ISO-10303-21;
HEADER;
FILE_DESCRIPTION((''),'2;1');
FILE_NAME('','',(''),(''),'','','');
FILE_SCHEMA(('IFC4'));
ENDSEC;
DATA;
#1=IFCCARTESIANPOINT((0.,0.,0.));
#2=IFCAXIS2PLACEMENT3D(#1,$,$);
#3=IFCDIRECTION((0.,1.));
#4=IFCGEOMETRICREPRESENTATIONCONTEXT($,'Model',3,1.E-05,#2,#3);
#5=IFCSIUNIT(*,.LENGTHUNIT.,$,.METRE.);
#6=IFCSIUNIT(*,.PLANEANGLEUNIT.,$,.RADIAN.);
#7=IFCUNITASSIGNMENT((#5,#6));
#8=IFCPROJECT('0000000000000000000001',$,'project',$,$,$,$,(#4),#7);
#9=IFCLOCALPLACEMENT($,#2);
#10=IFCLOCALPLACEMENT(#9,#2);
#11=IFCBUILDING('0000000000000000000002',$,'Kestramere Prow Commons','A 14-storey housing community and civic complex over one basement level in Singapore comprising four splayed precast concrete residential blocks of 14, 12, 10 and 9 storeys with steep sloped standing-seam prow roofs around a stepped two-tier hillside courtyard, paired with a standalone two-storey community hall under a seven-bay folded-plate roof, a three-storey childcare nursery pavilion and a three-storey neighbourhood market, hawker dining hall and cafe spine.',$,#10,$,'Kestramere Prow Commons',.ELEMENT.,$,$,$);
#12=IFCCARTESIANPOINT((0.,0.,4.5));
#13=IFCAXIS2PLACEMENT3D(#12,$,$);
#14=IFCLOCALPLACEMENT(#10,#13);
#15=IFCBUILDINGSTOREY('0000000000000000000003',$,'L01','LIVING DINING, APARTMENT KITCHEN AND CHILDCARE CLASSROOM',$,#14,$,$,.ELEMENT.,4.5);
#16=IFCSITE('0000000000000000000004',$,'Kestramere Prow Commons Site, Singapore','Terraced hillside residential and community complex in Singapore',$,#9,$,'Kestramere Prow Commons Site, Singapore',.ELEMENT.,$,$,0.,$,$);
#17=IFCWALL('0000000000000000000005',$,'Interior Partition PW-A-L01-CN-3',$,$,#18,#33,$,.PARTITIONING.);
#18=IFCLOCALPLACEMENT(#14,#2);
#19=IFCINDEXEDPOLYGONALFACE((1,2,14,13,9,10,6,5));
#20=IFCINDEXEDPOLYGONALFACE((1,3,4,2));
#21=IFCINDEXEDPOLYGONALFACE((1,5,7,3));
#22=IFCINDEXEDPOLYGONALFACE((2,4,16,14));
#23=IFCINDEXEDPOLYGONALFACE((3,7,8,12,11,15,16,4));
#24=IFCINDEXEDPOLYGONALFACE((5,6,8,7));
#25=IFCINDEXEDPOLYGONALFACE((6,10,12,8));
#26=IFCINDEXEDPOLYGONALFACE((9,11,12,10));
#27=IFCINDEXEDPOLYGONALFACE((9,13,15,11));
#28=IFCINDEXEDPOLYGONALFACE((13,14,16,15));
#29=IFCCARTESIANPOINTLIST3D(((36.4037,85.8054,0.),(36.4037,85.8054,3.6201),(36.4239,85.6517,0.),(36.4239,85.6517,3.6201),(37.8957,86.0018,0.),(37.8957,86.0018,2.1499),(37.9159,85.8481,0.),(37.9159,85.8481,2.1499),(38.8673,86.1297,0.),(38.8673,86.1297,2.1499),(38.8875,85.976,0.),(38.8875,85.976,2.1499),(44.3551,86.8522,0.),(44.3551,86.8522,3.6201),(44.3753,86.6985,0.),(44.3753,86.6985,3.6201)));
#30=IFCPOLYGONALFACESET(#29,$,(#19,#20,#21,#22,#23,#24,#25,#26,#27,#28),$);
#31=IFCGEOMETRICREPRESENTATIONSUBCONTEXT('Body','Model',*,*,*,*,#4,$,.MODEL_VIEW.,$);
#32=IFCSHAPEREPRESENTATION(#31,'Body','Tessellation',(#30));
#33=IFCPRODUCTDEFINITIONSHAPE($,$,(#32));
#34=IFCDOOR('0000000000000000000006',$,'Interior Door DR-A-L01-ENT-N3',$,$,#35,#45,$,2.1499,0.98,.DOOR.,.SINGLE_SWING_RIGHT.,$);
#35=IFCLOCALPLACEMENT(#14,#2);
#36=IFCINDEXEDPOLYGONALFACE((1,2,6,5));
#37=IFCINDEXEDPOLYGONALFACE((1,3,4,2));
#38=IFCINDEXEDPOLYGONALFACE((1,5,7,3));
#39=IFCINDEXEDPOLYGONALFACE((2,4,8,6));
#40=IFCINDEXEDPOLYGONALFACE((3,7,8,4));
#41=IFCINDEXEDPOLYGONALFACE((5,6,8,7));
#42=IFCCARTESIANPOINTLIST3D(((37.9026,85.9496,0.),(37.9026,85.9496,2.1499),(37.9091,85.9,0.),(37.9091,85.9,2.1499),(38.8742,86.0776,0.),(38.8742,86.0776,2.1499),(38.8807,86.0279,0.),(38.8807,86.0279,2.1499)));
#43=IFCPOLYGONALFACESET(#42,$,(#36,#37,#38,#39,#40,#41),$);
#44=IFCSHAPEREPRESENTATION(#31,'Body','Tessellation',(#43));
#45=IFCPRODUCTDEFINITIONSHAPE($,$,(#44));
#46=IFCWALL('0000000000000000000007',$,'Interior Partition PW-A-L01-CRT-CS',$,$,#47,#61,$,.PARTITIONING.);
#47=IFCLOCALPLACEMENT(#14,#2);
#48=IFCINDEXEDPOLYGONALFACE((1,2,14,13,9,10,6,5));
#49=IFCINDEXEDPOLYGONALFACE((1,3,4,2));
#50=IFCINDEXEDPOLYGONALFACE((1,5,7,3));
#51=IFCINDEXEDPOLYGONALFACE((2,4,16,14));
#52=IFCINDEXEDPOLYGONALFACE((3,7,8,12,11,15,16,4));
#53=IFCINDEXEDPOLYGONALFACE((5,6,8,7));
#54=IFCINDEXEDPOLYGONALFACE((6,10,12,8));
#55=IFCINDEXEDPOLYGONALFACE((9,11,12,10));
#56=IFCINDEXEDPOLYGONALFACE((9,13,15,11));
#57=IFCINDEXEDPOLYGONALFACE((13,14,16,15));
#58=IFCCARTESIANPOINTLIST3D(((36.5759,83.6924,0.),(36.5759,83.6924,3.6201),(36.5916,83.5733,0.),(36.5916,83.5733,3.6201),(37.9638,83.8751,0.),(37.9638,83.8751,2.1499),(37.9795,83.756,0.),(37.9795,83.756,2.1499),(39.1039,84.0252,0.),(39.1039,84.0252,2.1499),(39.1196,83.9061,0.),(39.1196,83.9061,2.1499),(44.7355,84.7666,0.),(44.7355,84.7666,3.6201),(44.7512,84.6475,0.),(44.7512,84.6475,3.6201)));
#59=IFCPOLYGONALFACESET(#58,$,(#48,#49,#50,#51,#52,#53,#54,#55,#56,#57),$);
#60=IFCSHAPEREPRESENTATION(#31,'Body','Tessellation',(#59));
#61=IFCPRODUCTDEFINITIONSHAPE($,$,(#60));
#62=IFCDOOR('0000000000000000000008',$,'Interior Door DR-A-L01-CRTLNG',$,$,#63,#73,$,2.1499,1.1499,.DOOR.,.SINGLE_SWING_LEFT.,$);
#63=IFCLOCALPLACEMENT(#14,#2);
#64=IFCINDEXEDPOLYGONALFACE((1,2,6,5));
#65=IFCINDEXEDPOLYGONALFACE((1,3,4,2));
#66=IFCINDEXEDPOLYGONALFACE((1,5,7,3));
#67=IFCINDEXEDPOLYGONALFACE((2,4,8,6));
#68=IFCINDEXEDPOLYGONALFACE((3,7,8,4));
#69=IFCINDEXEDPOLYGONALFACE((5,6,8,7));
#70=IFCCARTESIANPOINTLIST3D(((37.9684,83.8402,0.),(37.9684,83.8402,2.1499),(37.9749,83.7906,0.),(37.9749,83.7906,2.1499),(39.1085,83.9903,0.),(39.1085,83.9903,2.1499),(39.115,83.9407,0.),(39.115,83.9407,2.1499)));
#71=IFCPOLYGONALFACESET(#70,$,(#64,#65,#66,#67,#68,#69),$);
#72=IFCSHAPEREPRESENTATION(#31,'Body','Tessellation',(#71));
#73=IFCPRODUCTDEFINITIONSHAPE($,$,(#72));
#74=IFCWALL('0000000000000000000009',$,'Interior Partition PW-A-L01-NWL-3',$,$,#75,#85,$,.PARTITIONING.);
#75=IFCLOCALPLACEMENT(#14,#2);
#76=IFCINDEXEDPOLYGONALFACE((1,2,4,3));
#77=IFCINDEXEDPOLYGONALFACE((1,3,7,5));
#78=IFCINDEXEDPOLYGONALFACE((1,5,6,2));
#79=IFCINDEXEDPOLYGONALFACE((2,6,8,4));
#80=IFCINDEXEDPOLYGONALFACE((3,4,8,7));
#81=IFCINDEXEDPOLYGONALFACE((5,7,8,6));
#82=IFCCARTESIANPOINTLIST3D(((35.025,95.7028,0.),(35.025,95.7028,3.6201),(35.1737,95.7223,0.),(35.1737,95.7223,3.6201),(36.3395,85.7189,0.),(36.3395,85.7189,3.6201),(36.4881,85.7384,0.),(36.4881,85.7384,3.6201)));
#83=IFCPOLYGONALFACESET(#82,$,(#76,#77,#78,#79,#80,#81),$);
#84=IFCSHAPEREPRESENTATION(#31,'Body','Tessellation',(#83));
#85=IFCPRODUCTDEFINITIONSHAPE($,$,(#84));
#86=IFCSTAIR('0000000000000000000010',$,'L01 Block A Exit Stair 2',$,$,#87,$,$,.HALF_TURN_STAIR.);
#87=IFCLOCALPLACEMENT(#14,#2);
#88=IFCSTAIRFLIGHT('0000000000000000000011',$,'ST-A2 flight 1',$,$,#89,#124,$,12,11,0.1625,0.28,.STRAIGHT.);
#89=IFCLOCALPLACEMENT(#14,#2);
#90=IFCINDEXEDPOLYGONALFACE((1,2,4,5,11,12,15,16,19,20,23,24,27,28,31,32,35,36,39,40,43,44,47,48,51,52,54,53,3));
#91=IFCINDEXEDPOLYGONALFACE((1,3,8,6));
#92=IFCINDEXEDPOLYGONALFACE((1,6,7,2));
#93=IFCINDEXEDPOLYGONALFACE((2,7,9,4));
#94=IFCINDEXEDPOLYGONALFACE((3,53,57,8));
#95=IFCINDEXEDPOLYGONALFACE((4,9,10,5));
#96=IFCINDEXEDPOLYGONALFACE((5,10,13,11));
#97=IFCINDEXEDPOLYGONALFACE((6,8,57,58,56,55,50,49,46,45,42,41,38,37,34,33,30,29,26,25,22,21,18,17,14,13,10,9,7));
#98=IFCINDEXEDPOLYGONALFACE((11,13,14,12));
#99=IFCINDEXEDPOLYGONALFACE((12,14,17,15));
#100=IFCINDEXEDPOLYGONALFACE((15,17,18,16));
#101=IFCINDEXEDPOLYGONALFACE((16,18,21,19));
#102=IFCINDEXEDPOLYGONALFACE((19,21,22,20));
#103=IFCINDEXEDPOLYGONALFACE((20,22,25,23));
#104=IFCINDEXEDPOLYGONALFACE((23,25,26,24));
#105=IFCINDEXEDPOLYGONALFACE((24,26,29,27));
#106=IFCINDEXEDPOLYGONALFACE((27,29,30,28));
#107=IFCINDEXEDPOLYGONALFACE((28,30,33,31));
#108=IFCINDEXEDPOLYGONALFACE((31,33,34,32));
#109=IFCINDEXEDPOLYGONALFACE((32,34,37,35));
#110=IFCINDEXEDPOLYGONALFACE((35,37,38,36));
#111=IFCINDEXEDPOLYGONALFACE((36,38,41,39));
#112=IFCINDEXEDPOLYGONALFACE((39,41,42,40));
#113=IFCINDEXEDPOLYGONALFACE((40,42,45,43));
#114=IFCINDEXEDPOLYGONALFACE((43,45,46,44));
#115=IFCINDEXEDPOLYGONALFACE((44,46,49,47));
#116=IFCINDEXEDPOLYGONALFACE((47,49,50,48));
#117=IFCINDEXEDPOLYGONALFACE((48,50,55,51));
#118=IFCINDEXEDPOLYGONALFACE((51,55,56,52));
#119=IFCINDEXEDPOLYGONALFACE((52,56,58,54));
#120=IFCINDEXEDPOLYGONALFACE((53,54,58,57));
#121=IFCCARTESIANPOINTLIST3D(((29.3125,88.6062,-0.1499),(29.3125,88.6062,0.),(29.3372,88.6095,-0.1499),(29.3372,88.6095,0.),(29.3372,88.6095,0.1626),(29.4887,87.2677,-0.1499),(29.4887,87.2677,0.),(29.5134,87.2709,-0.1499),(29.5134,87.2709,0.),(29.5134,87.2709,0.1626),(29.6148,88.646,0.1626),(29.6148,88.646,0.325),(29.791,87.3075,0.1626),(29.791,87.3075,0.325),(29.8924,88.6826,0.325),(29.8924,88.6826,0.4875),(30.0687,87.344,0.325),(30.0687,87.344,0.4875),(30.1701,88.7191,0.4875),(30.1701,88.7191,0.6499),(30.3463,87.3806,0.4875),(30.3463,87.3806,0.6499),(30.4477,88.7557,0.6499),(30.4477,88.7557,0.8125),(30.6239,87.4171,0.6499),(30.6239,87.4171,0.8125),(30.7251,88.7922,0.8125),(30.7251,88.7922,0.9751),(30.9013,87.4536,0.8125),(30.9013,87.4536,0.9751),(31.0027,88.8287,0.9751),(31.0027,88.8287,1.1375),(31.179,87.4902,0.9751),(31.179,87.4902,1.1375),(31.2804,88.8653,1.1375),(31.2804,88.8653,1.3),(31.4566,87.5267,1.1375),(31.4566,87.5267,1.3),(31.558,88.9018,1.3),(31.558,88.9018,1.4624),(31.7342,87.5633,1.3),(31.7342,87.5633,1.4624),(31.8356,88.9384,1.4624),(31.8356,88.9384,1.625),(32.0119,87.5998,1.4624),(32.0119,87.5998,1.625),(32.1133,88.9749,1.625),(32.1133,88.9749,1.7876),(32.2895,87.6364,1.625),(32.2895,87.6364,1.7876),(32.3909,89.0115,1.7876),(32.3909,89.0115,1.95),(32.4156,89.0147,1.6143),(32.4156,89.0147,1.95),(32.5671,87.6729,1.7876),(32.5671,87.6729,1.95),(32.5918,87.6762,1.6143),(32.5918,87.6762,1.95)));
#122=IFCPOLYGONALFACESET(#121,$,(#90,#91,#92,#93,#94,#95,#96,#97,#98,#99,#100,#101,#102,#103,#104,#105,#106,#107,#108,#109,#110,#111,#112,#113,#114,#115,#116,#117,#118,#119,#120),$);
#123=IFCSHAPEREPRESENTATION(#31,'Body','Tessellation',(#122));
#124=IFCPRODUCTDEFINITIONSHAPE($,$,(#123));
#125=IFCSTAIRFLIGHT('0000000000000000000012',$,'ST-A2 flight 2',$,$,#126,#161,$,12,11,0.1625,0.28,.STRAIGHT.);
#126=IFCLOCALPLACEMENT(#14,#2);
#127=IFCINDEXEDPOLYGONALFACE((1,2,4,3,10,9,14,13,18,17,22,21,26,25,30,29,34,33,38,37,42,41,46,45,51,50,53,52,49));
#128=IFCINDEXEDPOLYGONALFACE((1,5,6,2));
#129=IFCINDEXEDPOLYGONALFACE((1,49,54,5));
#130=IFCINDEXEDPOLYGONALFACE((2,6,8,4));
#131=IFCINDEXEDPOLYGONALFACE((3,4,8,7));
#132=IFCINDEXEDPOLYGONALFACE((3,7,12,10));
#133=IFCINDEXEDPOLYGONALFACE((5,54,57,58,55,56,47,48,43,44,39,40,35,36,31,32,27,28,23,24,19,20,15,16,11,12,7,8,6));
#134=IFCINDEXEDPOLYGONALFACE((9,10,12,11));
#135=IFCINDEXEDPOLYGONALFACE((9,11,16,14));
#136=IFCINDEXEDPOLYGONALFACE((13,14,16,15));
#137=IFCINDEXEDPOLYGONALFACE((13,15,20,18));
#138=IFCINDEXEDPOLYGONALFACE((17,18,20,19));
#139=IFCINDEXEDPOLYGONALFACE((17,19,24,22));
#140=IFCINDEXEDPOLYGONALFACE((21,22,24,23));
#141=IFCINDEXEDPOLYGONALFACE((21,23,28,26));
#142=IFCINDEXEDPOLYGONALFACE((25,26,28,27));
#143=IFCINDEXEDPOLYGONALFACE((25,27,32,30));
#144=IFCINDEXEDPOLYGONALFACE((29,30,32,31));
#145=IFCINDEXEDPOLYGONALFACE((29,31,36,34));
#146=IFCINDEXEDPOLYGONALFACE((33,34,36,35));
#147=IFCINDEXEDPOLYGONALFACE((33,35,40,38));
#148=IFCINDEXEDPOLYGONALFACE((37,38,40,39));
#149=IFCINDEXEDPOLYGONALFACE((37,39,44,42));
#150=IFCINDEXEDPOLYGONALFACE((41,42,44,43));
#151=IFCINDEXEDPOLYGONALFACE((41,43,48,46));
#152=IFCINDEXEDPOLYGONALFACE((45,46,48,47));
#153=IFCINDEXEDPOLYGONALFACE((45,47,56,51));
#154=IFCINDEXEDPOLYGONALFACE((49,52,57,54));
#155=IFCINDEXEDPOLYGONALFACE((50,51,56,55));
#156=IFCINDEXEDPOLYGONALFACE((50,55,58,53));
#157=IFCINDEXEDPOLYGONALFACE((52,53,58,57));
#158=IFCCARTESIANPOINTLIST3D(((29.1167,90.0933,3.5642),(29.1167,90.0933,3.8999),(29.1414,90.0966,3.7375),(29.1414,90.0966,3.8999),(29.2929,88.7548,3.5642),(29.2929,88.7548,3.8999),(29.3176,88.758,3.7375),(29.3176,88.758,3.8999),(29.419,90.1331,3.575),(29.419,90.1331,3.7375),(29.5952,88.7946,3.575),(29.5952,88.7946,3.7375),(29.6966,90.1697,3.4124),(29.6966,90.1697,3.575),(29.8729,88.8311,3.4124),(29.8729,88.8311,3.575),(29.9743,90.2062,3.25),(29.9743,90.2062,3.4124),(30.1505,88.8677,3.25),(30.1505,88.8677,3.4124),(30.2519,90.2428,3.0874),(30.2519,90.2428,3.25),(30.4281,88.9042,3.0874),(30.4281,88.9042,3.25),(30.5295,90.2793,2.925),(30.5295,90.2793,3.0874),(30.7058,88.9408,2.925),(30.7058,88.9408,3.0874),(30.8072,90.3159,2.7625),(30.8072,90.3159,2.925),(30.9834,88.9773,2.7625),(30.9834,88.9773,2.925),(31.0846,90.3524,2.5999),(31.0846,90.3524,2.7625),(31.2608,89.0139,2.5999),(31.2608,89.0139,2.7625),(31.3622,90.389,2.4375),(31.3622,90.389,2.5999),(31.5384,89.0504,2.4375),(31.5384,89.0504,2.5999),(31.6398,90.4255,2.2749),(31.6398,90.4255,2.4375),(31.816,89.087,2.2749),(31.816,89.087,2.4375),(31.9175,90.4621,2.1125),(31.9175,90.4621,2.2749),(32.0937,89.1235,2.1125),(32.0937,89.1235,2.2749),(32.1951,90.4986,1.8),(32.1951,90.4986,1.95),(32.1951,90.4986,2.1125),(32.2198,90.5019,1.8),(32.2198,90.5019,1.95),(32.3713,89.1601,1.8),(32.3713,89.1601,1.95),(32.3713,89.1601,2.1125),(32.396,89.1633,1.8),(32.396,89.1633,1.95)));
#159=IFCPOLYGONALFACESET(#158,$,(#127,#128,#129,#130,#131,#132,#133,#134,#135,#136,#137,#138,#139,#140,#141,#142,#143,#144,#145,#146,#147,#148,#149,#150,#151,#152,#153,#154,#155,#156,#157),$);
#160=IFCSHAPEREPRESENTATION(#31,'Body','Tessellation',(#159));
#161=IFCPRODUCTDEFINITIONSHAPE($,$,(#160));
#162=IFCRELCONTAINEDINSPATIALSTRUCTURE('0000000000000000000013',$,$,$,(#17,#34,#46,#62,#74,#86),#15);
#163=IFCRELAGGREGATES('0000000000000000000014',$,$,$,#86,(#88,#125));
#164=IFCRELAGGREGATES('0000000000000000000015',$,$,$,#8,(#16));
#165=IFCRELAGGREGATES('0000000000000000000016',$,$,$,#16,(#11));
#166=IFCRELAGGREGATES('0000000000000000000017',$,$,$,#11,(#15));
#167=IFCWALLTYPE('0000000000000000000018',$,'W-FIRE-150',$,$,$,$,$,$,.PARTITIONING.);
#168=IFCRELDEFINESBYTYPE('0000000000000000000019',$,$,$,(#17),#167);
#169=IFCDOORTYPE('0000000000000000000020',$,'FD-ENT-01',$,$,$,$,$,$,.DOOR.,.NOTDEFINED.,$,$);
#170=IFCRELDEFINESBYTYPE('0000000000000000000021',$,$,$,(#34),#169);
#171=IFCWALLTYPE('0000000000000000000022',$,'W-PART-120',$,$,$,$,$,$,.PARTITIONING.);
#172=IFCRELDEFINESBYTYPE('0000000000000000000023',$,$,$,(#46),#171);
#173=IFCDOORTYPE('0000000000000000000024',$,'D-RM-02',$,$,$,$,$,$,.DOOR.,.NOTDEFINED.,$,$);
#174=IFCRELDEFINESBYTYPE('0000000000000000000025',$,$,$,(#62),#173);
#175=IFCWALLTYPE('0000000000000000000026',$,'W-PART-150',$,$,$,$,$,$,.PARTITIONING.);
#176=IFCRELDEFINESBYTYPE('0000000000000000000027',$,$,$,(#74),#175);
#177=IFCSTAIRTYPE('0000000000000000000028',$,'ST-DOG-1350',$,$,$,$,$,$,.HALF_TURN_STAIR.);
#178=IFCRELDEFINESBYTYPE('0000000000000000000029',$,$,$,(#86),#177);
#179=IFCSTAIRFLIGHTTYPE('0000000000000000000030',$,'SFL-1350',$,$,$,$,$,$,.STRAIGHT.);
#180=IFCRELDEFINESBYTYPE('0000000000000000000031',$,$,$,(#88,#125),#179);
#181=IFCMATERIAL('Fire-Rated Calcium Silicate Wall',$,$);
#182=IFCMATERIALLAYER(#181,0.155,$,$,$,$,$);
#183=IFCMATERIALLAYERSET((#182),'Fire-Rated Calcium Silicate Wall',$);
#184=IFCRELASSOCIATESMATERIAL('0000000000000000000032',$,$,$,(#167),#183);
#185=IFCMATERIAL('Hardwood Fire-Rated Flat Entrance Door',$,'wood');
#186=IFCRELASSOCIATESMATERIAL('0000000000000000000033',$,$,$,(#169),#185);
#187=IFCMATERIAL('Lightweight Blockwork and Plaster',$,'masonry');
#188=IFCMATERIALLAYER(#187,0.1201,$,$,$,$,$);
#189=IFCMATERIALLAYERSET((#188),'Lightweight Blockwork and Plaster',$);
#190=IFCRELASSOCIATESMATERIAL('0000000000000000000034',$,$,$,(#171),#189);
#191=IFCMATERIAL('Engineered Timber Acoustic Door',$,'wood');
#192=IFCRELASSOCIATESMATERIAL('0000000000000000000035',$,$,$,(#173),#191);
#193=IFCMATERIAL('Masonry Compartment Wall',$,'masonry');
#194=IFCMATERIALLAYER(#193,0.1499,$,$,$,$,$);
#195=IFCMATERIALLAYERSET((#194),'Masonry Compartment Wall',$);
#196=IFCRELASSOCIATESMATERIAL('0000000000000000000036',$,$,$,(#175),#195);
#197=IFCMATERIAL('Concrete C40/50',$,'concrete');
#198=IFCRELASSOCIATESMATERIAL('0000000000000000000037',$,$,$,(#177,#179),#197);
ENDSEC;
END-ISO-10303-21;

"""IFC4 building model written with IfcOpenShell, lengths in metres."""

from ifc_helpers import new_model, si_unit, direction, frame, frame_2d, origin, place, context, subcontext, project, spatial, polyline, rectangle, outline, extrude, material, layer, layer_set, type_object, element, fill, aggregate, save


model = new_model("IFC4")

# Units and contexts
model_context = context("Model", 3, precision=1e-05, world=origin(), true_north=direction((0.0, 1.0)))
body_context = subcontext(model_context, "Body", "Model", "MODEL_VIEW")
ifc_project = project(units=[si_unit("LENGTHUNIT", "METRE"), si_unit("PLANEANGLEUNIT", "RADIAN")], contexts=[model_context])

# Site, building, storey
site_placement = place(None, origin())
site = spatial("IfcSite", under=ifc_project, at=site_placement, Name="Kestramere Prow Commons Site, Singapore", Description="Terraced hillside residential and community complex in Singapore", LongName="Kestramere Prow Commons Site, Singapore", CompositionType="ELEMENT", RefElevation=0.0)
building_placement = place(site_placement, origin())
building = spatial("IfcBuilding", under=site, at=building_placement, Name="Kestramere Prow Commons", Description="A 14-storey housing community and civic complex over one basement level in Singapore comprising four splayed precast concrete residential blocks of 14, 12, 10 and 9 storeys with steep sloped standing-seam prow roofs around a stepped two-tier hillside courtyard, paired with a standalone two-storey community hall under a seven-bay folded-plate roof, a three-storey childcare nursery pavilion and a three-storey neighbourhood market, hawker dining hall and cafe spine.", LongName="Kestramere Prow Commons", CompositionType="ELEMENT")
storey_placement = place(building_placement, frame((0.0, 0.0, 4.5)))
storey = spatial("IfcBuildingStorey", under=building, at=storey_placement, Name="L01", Description="LIVING DINING, APARTMENT KITCHEN AND CHILDCARE CLASSROOM", CompositionType="ELEMENT", Elevation=4.5)

# Shared definitions
ifc_material_1 = material(Name="Concrete C40/50", Category="concrete")

# Shared definitions
ifc_material_2 = material(Name="Fire-Rated Calcium Silicate Wall")
ifc_layer_1 = layer(ifc_material_2, 0.155)
ifc_layer_set_1 = layer_set([ifc_layer_1], Name="Fire-Rated Calcium Silicate Wall")
wall_type_1 = type_object("IfcWallType", Name="W-FIRE-150", PredefinedType="PARTITIONING", material=ifc_layer_set_1)

# Walls, openings, doors
ifc_material_3 = material(Name="Hardwood Fire-Rated Flat Entrance Door", Category="wood")
door_type_1 = type_object("IfcDoorType", Name="FD-ENT-01", OperationType="NOTDEFINED", PredefinedType="DOOR", material=ifc_material_3)
wall_1_placement = place(storey_placement, frame((36.4138, 85.7285, 0.0), z_axis=(0.0, 0.0, 1.0), x_axis=(0.991444, 0.130532, 0.0)))
wall_1 = element("IfcWall", 1, at=wall_1_placement, inside=storey, type_object=wall_type_1, Name="Interior Partition PW-A-L01-CN-3", PredefinedType="PARTITIONING", context=body_context, shape_type="SweptSolid", body=[
    extrude(rectangle(XDim=8.02, YDim=0.155, at=frame_2d((4.01, 0.0))), origin(), (0.0, 0.0, 1.0), 3.6201),
])
opening_1_placement = place(wall_1_placement, frame((1.5049, 0.0, 0.0)))
opening_1 = element("IfcOpeningElement", 2, at=opening_1_placement, cuts=wall_1, PredefinedType="OPENING", context=body_context, shape_type="SweptSolid", body=[
    extrude(rectangle(XDim=0.98, YDim=2.1499, at=frame_2d((0.49, 1.075))), frame((0.0, 0.0925, 0.0), z_axis=(0.0, -1.0, 0.0), x_axis=(1.0, 0.0, 0.0)), (0.0, 0.0, 1.0), 0.1851),
])
door_1_placement = place(opening_1_placement, origin())
door_1 = element("IfcDoor", 3, at=door_1_placement, inside=storey, type_object=door_type_1, Name="Interior Door DR-A-L01-ENT-N3", OperationType="SINGLE_SWING_RIGHT", OverallHeight=2.1499, OverallWidth=0.98, PredefinedType="DOOR", context=body_context, shape_type="SweptSolid", body=[
    extrude(rectangle(XDim=0.98, YDim=2.1499, at=frame_2d((0.49, 1.075))), frame((0.0, 0.0249, 0.0), z_axis=(0.0, -1.0, 0.0), x_axis=(1.0, 0.0, 0.0)), (0.0, 0.0, 1.0), 0.05),
])
fill(opening_1, door_1)
ifc_material_4 = material(Name="Lightweight Blockwork and Plaster", Category="masonry")
ifc_layer_2 = layer(ifc_material_4, 0.1201)
ifc_layer_set_2 = layer_set([ifc_layer_2], Name="Lightweight Blockwork and Plaster")
wall_type_2 = type_object("IfcWallType", Name="W-PART-120", PredefinedType="PARTITIONING", material=ifc_layer_set_2)
wall_2_placement = place(storey_placement, frame((36.5837, 83.6328, 0.0), z_axis=(0.0, 0.0, 1.0), x_axis=(0.991445, 0.130524, 0.0)))
wall_2 = element("IfcWall", 4, at=wall_2_placement, inside=storey, type_object=wall_type_2, Name="Interior Partition PW-A-L01-CRT-CS", PredefinedType="PARTITIONING", context=body_context, shape_type="SweptSolid", body=[
    extrude(rectangle(XDim=8.23, YDim=0.1201, at=frame_2d((4.115, 0.0))), origin(), (0.0, 0.0, 1.0), 3.6201),
])
opening_2_placement = place(wall_2_placement, frame((1.3999, 0.0, 0.0)))
opening_2 = element("IfcOpeningElement", 5, at=opening_2_placement, cuts=wall_2, PredefinedType="OPENING", context=body_context, shape_type="SweptSolid", body=[
    extrude(rectangle(XDim=1.1499, YDim=2.1499, at=frame_2d((0.575, 1.075))), frame((0.0, 0.075, 0.0), z_axis=(0.0, -1.0, 0.0), x_axis=(1.0, 0.0, 0.0)), (0.0, 0.0, 1.0), 0.1501),
])
ifc_material_5 = material(Name="Engineered Timber Acoustic Door", Category="wood")
door_type_2 = type_object("IfcDoorType", Name="D-RM-02", OperationType="NOTDEFINED", PredefinedType="DOOR", material=ifc_material_5)
door_2_placement = place(opening_2_placement, origin())
door_2 = element("IfcDoor", 6, at=door_2_placement, inside=storey, type_object=door_type_2, Name="Interior Door DR-A-L01-CRTLNG", OperationType="SINGLE_SWING_LEFT", OverallHeight=2.1499, OverallWidth=1.1499, PredefinedType="DOOR", context=body_context, shape_type="SweptSolid", body=[
    extrude(rectangle(XDim=1.1499, YDim=2.1499, at=frame_2d((0.575, 1.075))), frame((0.0, 0.0249, 0.0), z_axis=(0.0, -1.0, 0.0), x_axis=(1.0, 0.0, 0.0)), (0.0, 0.0, 1.0), 0.05),
])
fill(opening_2, door_2)

# Wall
ifc_material_6 = material(Name="Masonry Compartment Wall", Category="masonry")
ifc_layer_3 = layer(ifc_material_6, 0.1499)
ifc_layer_set_3 = layer_set([ifc_layer_3], Name="Masonry Compartment Wall")
wall_type_3 = type_object("IfcWallType", Name="W-PART-150", PredefinedType="PARTITIONING", material=ifc_layer_set_3)
wall_3_placement = place(storey_placement, frame((36.4138, 85.7285, 0.0), z_axis=(0.0, 0.0, 1.0), x_axis=(-0.130531, 0.991444, 0.0)))
element("IfcWall", 7, at=wall_3_placement, inside=storey, type_object=wall_type_3, Name="Interior Partition PW-A-L01-NWL-3", PredefinedType="PARTITIONING", context=body_context, shape_type="SweptSolid", body=[
    extrude(rectangle(XDim=10.0701, YDim=0.1499, at=frame_2d((5.0352, 0.0))), origin(), (0.0, 0.0, 1.0), 3.6201),
])

# Stair, stair flights
stair_type = type_object("IfcStairType", Name="ST-DOG-1350", PredefinedType="HALF_TURN_STAIR", material=ifc_material_1)
stair_placement = place(storey_placement, origin())
stair = element("IfcStair", 8, at=stair_placement, inside=storey, type_object=stair_type, Name="L01 Block A Exit Stair 2", PredefinedType="HALF_TURN_STAIR")
stair_flight_type = type_object("IfcStairFlightType", Name="SFL-1350", PredefinedType="STRAIGHT", material=ifc_material_1)
stair_flight_1_placement = place(storey_placement, frame((29.4253, 87.9402, 0.0), z_axis=(0.0, 0.0, 1.0), x_axis=(0.991445, 0.130526, 0.0)))
stair_flight_1 = element("IfcStairFlight", 9, at=stair_flight_1_placement, type_object=stair_flight_type, Name="ST-A2 flight 1", NumberOfRisers=12, NumberOfTreads=11, PredefinedType="STRAIGHT", RiserHeight=0.1625, TreadLength=0.28, context=body_context, shape_type="SweptSolid", body=[
    extrude(outline(polyline([(-0.0249, 0.0), (0.0, 0.0), (0.0, 0.1626), (0.28, 0.1626), (0.28, 0.325), (0.5601, 0.325), (0.5601, 0.4875), (0.8401, 0.4875), (0.8401, 0.6499), (1.1201, 0.6499), (1.1201, 0.8125), (1.3999, 0.8125), (1.3999, 0.9751), (1.6799, 0.9751), (1.6799, 1.1375), (1.96, 1.1375), (1.96, 1.3), (2.24, 1.3), (2.24, 1.4624), (2.52, 1.4624), (2.52, 1.625), (2.8, 1.625), (2.8, 1.7876), (3.0801, 1.7876), (3.0801, 1.95), (3.105, 1.95), (3.105, 1.6143), (0.0, -0.1499), (-0.0249, -0.1499), (-0.0249, 0.0)])), frame((0.0, 0.675, 0.0), z_axis=(0.0, -1.0, 0.0), x_axis=(1.0, 0.0, 0.0)), (0.0, 0.0, 1.0), 1.3501),
])
stair_flight_2_placement = place(storey_placement, frame((32.2832, 89.8293, 1.95), z_axis=(0.0, 0.0, 1.0), x_axis=(-0.991445, -0.130526, 0.0)))
stair_flight_2 = element("IfcStairFlight", 10, at=stair_flight_2_placement, type_object=stair_flight_type, Name="ST-A2 flight 2", NumberOfRisers=12, NumberOfTreads=11, PredefinedType="STRAIGHT", RiserHeight=0.1625, TreadLength=0.28, context=body_context, shape_type="SweptSolid", body=[
    extrude(outline(polyline([(-0.0249, 0.0), (0.0, 0.0), (0.0, 0.1626), (0.28, 0.1626), (0.28, 0.325), (0.5601, 0.325), (0.5601, 0.4875), (0.8401, 0.4875), (0.8401, 0.6499), (1.1201, 0.6499), (1.1201, 0.8125), (1.3999, 0.8125), (1.3999, 0.9751), (1.6799, 0.9751), (1.6799, 1.1375), (1.96, 1.1375), (1.96, 1.3), (2.24, 1.3), (2.24, 1.4624), (2.52, 1.4624), (2.52, 1.625), (2.8, 1.625), (2.8, 1.7876), (3.0801, 1.7876), (3.0801, 1.95), (3.105, 1.95), (3.105, 1.6143), (0.0, -0.1499), (-0.0249, -0.1499), (-0.0249, 0.0)])), frame((0.0, 0.675, 0.0), z_axis=(0.0, -1.0, 0.0), x_axis=(1.0, 0.0, 0.0)), (0.0, 0.0, 1.0), 1.3501),
])
aggregate(stair, [stair_flight_1, stair_flight_2])

save(model, "model.ifc")
